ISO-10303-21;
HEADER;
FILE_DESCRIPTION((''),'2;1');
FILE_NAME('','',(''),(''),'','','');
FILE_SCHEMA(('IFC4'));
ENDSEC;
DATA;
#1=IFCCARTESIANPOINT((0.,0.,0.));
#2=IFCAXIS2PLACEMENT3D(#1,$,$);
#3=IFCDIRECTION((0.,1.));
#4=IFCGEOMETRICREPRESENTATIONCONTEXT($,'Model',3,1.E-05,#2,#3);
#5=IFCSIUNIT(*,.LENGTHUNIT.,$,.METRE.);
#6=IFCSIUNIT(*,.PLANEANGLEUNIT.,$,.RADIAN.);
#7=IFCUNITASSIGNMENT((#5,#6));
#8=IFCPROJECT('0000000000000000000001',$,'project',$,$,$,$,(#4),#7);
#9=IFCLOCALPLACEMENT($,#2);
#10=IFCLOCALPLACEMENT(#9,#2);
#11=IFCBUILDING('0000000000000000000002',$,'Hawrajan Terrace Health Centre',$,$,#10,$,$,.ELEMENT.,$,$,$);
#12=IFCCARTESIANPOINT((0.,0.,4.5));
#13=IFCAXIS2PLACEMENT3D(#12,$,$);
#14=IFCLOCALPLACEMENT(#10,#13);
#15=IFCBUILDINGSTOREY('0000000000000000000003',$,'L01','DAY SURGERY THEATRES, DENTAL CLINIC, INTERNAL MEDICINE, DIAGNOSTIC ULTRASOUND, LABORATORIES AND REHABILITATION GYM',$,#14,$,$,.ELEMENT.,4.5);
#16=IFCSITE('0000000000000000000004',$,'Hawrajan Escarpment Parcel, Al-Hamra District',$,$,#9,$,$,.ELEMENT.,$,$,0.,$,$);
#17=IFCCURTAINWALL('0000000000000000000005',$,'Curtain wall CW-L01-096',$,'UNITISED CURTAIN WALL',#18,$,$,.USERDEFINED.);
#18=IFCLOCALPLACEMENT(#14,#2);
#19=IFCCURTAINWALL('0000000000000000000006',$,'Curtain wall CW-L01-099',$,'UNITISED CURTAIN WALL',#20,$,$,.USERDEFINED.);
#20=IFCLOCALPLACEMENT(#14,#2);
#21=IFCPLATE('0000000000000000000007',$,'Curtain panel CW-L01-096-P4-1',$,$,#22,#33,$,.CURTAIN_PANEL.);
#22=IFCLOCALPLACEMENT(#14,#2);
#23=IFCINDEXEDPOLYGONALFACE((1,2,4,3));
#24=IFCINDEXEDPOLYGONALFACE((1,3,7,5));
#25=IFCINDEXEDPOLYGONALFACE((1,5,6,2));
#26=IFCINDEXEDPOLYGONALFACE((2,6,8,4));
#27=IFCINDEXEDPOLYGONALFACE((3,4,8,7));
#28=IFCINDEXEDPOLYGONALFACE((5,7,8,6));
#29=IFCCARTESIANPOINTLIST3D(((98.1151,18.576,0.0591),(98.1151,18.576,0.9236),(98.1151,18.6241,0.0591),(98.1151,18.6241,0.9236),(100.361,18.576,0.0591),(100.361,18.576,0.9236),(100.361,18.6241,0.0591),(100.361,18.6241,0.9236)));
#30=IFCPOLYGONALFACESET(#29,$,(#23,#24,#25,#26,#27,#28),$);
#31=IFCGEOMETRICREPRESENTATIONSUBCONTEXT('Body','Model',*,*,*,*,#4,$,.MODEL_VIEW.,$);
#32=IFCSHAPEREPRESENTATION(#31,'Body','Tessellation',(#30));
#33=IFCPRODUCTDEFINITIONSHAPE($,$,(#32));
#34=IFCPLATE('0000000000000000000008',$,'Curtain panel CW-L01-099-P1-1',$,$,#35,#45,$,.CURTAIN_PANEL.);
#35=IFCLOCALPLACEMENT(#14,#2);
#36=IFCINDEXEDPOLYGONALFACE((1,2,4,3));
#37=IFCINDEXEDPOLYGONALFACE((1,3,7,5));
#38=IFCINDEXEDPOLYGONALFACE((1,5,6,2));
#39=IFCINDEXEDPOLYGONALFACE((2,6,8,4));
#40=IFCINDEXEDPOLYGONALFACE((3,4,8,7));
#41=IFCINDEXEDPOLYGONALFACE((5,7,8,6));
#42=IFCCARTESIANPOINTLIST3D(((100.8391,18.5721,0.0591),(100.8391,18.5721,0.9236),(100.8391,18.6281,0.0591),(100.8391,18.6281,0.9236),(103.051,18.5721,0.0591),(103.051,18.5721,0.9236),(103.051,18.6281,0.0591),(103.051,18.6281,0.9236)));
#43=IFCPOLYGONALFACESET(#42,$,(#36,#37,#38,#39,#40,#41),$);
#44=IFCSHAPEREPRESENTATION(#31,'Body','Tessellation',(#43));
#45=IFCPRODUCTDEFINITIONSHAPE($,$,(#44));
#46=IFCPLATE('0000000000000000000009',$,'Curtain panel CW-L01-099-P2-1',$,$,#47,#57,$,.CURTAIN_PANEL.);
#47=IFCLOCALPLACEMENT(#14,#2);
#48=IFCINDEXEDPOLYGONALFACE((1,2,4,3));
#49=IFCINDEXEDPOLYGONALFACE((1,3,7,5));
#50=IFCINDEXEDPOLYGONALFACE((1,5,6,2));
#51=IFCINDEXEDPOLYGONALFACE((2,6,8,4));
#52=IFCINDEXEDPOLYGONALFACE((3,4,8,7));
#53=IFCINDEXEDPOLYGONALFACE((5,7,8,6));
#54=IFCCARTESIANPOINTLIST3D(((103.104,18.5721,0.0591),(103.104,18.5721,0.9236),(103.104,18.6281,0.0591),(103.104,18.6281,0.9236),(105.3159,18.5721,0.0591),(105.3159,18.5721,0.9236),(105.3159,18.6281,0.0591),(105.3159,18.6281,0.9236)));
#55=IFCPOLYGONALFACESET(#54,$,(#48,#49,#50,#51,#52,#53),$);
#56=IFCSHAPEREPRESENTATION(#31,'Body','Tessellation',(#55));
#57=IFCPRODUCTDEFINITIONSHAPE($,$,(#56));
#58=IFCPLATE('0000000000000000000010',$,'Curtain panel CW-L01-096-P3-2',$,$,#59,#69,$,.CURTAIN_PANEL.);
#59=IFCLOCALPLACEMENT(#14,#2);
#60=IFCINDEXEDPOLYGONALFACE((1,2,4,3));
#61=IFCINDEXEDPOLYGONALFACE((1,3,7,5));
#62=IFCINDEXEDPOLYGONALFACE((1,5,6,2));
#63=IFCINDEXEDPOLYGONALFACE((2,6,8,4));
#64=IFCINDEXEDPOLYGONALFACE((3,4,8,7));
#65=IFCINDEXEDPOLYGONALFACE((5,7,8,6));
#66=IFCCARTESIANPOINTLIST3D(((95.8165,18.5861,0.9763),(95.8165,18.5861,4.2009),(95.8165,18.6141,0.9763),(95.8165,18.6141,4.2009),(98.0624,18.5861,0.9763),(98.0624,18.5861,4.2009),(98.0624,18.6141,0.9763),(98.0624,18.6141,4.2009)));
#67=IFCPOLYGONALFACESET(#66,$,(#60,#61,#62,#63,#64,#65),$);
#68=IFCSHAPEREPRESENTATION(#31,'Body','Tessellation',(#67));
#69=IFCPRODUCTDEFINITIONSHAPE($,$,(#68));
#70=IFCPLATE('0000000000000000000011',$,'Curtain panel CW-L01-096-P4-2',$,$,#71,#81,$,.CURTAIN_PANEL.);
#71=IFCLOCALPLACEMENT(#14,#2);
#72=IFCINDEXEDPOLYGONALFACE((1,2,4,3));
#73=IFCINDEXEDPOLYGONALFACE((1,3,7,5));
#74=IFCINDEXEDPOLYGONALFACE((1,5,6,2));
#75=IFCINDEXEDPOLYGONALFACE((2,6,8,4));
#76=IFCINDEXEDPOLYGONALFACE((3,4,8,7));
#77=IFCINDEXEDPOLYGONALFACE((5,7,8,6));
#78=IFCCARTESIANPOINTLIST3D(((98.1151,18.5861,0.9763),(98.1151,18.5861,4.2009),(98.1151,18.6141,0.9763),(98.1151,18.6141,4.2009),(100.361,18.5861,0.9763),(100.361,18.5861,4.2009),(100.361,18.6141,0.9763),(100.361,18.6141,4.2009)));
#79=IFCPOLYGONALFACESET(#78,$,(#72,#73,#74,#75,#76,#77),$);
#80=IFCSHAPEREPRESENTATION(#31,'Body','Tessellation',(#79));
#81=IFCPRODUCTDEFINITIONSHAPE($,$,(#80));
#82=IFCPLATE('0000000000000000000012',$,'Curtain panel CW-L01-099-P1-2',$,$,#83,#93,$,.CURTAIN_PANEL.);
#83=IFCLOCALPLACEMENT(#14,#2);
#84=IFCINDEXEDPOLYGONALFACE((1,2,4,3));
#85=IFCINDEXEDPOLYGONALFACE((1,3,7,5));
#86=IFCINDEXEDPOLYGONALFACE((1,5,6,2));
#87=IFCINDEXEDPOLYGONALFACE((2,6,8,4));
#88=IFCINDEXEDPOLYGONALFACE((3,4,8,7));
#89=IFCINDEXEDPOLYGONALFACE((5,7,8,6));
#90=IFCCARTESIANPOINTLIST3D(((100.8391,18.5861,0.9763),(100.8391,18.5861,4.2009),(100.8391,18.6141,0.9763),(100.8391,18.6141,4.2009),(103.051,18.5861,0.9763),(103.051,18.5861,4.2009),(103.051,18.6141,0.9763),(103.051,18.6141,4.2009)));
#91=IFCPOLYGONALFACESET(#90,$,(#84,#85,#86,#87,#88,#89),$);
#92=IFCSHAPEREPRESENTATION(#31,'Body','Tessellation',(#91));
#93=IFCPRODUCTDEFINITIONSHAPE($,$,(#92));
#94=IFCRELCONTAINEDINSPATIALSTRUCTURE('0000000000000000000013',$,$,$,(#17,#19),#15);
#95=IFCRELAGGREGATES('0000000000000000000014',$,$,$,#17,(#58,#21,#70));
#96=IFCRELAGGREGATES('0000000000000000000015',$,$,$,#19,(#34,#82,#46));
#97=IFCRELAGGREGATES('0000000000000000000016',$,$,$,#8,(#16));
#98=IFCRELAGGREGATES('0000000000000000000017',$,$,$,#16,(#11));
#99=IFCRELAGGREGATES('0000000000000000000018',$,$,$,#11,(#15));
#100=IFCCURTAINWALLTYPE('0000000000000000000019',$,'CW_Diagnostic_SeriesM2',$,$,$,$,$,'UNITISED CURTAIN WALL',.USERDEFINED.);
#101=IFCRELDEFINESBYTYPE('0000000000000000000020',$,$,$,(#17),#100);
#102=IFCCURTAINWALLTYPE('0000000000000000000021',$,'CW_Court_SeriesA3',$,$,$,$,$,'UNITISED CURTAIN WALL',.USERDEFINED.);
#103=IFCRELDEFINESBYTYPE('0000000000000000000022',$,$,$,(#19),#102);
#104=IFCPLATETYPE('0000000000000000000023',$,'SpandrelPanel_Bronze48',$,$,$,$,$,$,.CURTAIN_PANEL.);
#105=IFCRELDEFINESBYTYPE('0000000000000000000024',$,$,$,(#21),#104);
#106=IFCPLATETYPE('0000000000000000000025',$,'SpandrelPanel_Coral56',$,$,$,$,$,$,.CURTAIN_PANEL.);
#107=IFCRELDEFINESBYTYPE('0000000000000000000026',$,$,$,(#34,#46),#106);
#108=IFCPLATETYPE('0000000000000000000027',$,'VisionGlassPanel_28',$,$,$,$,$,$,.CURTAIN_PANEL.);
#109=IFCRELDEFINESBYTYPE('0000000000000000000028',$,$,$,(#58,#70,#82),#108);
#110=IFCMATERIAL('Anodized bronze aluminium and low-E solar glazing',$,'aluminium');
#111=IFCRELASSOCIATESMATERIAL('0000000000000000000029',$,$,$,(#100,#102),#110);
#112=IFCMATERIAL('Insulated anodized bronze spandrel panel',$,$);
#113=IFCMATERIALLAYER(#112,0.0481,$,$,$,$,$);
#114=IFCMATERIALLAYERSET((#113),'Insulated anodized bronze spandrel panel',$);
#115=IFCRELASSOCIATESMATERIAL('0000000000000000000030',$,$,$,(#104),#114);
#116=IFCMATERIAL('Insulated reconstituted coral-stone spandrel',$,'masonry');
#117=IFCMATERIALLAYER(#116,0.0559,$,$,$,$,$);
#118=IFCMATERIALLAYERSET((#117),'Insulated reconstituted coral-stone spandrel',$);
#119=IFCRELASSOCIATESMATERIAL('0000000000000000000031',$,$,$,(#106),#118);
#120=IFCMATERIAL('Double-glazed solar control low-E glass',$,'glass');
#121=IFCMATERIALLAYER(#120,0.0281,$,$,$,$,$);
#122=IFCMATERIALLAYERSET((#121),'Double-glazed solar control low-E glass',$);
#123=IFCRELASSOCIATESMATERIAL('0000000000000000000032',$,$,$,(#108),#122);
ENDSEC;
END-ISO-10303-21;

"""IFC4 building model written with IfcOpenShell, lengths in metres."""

from ifc_helpers import new_model, si_unit, direction, frame, origin, origin_2d, place, context, subcontext, project, spatial, rectangle, extrude, material, layer, layer_set, type_object, element, aggregate, save


model = new_model("IFC4")

# Units and contexts
model_context = context("Model", 3, precision=1e-05, world=origin(), true_north=direction((0.0, 1.0)))
body_context = subcontext(model_context, "Body", "Model", "MODEL_VIEW")
ifc_project = project(units=[si_unit("LENGTHUNIT", "METRE"), si_unit("PLANEANGLEUNIT", "RADIAN")], contexts=[model_context])

# Site, building, storey
site_placement = place(None, origin())
site = spatial("IfcSite", under=ifc_project, at=site_placement, Name="Hawrajan Escarpment Parcel, Al-Hamra District", CompositionType="ELEMENT", RefElevation=0.0)
building_placement = place(site_placement, origin())
building = spatial("IfcBuilding", under=site, at=building_placement, Name="Hawrajan Terrace Health Centre", CompositionType="ELEMENT")
storey_placement = place(building_placement, frame((0.0, 0.0, 4.5)))
storey = spatial("IfcBuildingStorey", under=building, at=storey_placement, Name="L01", Description="DAY SURGERY THEATRES, DENTAL CLINIC, INTERNAL MEDICINE, DIAGNOSTIC ULTRASOUND, LABORATORIES AND REHABILITATION GYM", CompositionType="ELEMENT", Elevation=4.5)

# Curtain walls
ifc_material_1 = material(Name="Anodized bronze aluminium and low-E solar glazing", Category="aluminium")
curtain_wall_type_1 = type_object("IfcCurtainWallType", Name="CW_Diagnostic_SeriesM2", ElementType="UNITISED CURTAIN WALL", PredefinedType="USERDEFINED", material=ifc_material_1)
curtain_wall_1_placement = place(storey_placement, origin())
curtain_wall_1 = element("IfcCurtainWall", 1, at=curtain_wall_1_placement, inside=storey, type_object=curtain_wall_type_1, Name="Curtain wall CW-L01-096", ObjectType="UNITISED CURTAIN WALL", PredefinedType="USERDEFINED")
curtain_wall_type_2 = type_object("IfcCurtainWallType", Name="CW_Court_SeriesA3", ElementType="UNITISED CURTAIN WALL", PredefinedType="USERDEFINED", material=ifc_material_1)
curtain_wall_2_placement = place(storey_placement, origin())
curtain_wall_2 = element("IfcCurtainWall", 2, at=curtain_wall_2_placement, inside=storey, type_object=curtain_wall_type_2, Name="Curtain wall CW-L01-099", ObjectType="UNITISED CURTAIN WALL", PredefinedType="USERDEFINED")

# Plates
ifc_material_2 = material(Name="Insulated anodized bronze spandrel panel")
ifc_layer_1 = layer(ifc_material_2, 0.0481)
ifc_layer_set_1 = layer_set([ifc_layer_1], Name="Insulated anodized bronze spandrel panel")
plate_type_1 = type_object("IfcPlateType", Name="SpandrelPanel_Bronze48", PredefinedType="CURTAIN_PANEL", material=ifc_layer_set_1)
plate_1_placement = place(storey_placement, frame((99.238, 18.6001, 0.0591), z_axis=(0.0, 0.0, 1.0), x_axis=(1.0, 0.0, 0.0)))
plate_1 = element("IfcPlate", 3, at=plate_1_placement, type_object=plate_type_1, Name="Curtain panel CW-L01-096-P4-1", PredefinedType="CURTAIN_PANEL", context=body_context, shape_type="SweptSolid", body=[
    extrude(rectangle(XDim=2.2458, YDim=0.0481, at=origin_2d()), origin(), (0.0, 0.0, 1.0), 0.8645),
])
ifc_material_3 = material(Name="Insulated reconstituted coral-stone spandrel", Category="masonry")
ifc_layer_2 = layer(ifc_material_3, 0.0559)
ifc_layer_set_2 = layer_set([ifc_layer_2], Name="Insulated reconstituted coral-stone spandrel")
plate_type_2 = type_object("IfcPlateType", Name="SpandrelPanel_Coral56", PredefinedType="CURTAIN_PANEL", material=ifc_layer_set_2)
plate_2_placement = place(storey_placement, frame((101.9451, 18.6001, 0.0591), z_axis=(0.0, 0.0, 1.0), x_axis=(1.0, 0.0, 0.0)))
plate_2 = element("IfcPlate", 4, at=plate_2_placement, type_object=plate_type_2, Name="Curtain panel CW-L01-099-P1-1", PredefinedType="CURTAIN_PANEL", context=body_context, shape_type="SweptSolid", body=[
    extrude(rectangle(XDim=2.2119, YDim=0.0559, at=origin_2d()), origin(), (0.0, 0.0, 1.0), 0.8645),
])
plate_3_placement = place(storey_placement, frame((104.21, 18.6001, 0.0591), z_axis=(0.0, 0.0, 1.0), x_axis=(1.0, 0.0, 0.0)))
plate_3 = element("IfcPlate", 5, at=plate_3_placement, type_object=plate_type_2, Name="Curtain panel CW-L01-099-P2-1", PredefinedType="CURTAIN_PANEL", context=body_context, shape_type="SweptSolid", body=[
    extrude(rectangle(XDim=2.2119, YDim=0.0559, at=origin_2d()), origin(), (0.0, 0.0, 1.0), 0.8645),
])
ifc_material_4 = material(Name="Double-glazed solar control low-E glass", Category="glass")
ifc_layer_3 = layer(ifc_material_4, 0.0281)
ifc_layer_set_3 = layer_set([ifc_layer_3], Name="Double-glazed solar control low-E glass")
plate_type_3 = type_object("IfcPlateType", Name="VisionGlassPanel_28", PredefinedType="CURTAIN_PANEL", material=ifc_layer_set_3)
plate_4_placement = place(storey_placement, frame((96.9395, 18.6001, 0.9763), z_axis=(0.0, 0.0, 1.0), x_axis=(1.0, 0.0, 0.0)))
plate_4 = element("IfcPlate", 6, at=plate_4_placement, type_object=plate_type_3, Name="Curtain panel CW-L01-096-P3-2", PredefinedType="CURTAIN_PANEL", context=body_context, shape_type="SweptSolid", body=[
    extrude(rectangle(XDim=2.2458, YDim=0.0281, at=origin_2d()), origin(), (0.0, 0.0, 1.0), 3.2246),
])
plate_5_placement = place(storey_placement, frame((99.238, 18.6001, 0.9763), z_axis=(0.0, 0.0, 1.0), x_axis=(1.0, 0.0, 0.0)))
plate_5 = element("IfcPlate", 7, at=plate_5_placement, type_object=plate_type_3, Name="Curtain panel CW-L01-096-P4-2", PredefinedType="CURTAIN_PANEL", context=body_context, shape_type="SweptSolid", body=[
    extrude(rectangle(XDim=2.2458, YDim=0.0281, at=origin_2d()), origin(), (0.0, 0.0, 1.0), 3.2246),
])
aggregate(curtain_wall_1, [plate_4, plate_1, plate_5])
plate_6_placement = place(storey_placement, frame((101.9451, 18.6001, 0.9763), z_axis=(0.0, 0.0, 1.0), x_axis=(1.0, 0.0, 0.0)))
plate_6 = element("IfcPlate", 8, at=plate_6_placement, type_object=plate_type_3, Name="Curtain panel CW-L01-099-P1-2", PredefinedType="CURTAIN_PANEL", context=body_context, shape_type="SweptSolid", body=[
    extrude(rectangle(XDim=2.2119, YDim=0.0281, at=origin_2d()), origin(), (0.0, 0.0, 1.0), 3.2246),
])
aggregate(curtain_wall_2, [plate_2, plate_6, plate_3])

save(model, "model.ifc")
